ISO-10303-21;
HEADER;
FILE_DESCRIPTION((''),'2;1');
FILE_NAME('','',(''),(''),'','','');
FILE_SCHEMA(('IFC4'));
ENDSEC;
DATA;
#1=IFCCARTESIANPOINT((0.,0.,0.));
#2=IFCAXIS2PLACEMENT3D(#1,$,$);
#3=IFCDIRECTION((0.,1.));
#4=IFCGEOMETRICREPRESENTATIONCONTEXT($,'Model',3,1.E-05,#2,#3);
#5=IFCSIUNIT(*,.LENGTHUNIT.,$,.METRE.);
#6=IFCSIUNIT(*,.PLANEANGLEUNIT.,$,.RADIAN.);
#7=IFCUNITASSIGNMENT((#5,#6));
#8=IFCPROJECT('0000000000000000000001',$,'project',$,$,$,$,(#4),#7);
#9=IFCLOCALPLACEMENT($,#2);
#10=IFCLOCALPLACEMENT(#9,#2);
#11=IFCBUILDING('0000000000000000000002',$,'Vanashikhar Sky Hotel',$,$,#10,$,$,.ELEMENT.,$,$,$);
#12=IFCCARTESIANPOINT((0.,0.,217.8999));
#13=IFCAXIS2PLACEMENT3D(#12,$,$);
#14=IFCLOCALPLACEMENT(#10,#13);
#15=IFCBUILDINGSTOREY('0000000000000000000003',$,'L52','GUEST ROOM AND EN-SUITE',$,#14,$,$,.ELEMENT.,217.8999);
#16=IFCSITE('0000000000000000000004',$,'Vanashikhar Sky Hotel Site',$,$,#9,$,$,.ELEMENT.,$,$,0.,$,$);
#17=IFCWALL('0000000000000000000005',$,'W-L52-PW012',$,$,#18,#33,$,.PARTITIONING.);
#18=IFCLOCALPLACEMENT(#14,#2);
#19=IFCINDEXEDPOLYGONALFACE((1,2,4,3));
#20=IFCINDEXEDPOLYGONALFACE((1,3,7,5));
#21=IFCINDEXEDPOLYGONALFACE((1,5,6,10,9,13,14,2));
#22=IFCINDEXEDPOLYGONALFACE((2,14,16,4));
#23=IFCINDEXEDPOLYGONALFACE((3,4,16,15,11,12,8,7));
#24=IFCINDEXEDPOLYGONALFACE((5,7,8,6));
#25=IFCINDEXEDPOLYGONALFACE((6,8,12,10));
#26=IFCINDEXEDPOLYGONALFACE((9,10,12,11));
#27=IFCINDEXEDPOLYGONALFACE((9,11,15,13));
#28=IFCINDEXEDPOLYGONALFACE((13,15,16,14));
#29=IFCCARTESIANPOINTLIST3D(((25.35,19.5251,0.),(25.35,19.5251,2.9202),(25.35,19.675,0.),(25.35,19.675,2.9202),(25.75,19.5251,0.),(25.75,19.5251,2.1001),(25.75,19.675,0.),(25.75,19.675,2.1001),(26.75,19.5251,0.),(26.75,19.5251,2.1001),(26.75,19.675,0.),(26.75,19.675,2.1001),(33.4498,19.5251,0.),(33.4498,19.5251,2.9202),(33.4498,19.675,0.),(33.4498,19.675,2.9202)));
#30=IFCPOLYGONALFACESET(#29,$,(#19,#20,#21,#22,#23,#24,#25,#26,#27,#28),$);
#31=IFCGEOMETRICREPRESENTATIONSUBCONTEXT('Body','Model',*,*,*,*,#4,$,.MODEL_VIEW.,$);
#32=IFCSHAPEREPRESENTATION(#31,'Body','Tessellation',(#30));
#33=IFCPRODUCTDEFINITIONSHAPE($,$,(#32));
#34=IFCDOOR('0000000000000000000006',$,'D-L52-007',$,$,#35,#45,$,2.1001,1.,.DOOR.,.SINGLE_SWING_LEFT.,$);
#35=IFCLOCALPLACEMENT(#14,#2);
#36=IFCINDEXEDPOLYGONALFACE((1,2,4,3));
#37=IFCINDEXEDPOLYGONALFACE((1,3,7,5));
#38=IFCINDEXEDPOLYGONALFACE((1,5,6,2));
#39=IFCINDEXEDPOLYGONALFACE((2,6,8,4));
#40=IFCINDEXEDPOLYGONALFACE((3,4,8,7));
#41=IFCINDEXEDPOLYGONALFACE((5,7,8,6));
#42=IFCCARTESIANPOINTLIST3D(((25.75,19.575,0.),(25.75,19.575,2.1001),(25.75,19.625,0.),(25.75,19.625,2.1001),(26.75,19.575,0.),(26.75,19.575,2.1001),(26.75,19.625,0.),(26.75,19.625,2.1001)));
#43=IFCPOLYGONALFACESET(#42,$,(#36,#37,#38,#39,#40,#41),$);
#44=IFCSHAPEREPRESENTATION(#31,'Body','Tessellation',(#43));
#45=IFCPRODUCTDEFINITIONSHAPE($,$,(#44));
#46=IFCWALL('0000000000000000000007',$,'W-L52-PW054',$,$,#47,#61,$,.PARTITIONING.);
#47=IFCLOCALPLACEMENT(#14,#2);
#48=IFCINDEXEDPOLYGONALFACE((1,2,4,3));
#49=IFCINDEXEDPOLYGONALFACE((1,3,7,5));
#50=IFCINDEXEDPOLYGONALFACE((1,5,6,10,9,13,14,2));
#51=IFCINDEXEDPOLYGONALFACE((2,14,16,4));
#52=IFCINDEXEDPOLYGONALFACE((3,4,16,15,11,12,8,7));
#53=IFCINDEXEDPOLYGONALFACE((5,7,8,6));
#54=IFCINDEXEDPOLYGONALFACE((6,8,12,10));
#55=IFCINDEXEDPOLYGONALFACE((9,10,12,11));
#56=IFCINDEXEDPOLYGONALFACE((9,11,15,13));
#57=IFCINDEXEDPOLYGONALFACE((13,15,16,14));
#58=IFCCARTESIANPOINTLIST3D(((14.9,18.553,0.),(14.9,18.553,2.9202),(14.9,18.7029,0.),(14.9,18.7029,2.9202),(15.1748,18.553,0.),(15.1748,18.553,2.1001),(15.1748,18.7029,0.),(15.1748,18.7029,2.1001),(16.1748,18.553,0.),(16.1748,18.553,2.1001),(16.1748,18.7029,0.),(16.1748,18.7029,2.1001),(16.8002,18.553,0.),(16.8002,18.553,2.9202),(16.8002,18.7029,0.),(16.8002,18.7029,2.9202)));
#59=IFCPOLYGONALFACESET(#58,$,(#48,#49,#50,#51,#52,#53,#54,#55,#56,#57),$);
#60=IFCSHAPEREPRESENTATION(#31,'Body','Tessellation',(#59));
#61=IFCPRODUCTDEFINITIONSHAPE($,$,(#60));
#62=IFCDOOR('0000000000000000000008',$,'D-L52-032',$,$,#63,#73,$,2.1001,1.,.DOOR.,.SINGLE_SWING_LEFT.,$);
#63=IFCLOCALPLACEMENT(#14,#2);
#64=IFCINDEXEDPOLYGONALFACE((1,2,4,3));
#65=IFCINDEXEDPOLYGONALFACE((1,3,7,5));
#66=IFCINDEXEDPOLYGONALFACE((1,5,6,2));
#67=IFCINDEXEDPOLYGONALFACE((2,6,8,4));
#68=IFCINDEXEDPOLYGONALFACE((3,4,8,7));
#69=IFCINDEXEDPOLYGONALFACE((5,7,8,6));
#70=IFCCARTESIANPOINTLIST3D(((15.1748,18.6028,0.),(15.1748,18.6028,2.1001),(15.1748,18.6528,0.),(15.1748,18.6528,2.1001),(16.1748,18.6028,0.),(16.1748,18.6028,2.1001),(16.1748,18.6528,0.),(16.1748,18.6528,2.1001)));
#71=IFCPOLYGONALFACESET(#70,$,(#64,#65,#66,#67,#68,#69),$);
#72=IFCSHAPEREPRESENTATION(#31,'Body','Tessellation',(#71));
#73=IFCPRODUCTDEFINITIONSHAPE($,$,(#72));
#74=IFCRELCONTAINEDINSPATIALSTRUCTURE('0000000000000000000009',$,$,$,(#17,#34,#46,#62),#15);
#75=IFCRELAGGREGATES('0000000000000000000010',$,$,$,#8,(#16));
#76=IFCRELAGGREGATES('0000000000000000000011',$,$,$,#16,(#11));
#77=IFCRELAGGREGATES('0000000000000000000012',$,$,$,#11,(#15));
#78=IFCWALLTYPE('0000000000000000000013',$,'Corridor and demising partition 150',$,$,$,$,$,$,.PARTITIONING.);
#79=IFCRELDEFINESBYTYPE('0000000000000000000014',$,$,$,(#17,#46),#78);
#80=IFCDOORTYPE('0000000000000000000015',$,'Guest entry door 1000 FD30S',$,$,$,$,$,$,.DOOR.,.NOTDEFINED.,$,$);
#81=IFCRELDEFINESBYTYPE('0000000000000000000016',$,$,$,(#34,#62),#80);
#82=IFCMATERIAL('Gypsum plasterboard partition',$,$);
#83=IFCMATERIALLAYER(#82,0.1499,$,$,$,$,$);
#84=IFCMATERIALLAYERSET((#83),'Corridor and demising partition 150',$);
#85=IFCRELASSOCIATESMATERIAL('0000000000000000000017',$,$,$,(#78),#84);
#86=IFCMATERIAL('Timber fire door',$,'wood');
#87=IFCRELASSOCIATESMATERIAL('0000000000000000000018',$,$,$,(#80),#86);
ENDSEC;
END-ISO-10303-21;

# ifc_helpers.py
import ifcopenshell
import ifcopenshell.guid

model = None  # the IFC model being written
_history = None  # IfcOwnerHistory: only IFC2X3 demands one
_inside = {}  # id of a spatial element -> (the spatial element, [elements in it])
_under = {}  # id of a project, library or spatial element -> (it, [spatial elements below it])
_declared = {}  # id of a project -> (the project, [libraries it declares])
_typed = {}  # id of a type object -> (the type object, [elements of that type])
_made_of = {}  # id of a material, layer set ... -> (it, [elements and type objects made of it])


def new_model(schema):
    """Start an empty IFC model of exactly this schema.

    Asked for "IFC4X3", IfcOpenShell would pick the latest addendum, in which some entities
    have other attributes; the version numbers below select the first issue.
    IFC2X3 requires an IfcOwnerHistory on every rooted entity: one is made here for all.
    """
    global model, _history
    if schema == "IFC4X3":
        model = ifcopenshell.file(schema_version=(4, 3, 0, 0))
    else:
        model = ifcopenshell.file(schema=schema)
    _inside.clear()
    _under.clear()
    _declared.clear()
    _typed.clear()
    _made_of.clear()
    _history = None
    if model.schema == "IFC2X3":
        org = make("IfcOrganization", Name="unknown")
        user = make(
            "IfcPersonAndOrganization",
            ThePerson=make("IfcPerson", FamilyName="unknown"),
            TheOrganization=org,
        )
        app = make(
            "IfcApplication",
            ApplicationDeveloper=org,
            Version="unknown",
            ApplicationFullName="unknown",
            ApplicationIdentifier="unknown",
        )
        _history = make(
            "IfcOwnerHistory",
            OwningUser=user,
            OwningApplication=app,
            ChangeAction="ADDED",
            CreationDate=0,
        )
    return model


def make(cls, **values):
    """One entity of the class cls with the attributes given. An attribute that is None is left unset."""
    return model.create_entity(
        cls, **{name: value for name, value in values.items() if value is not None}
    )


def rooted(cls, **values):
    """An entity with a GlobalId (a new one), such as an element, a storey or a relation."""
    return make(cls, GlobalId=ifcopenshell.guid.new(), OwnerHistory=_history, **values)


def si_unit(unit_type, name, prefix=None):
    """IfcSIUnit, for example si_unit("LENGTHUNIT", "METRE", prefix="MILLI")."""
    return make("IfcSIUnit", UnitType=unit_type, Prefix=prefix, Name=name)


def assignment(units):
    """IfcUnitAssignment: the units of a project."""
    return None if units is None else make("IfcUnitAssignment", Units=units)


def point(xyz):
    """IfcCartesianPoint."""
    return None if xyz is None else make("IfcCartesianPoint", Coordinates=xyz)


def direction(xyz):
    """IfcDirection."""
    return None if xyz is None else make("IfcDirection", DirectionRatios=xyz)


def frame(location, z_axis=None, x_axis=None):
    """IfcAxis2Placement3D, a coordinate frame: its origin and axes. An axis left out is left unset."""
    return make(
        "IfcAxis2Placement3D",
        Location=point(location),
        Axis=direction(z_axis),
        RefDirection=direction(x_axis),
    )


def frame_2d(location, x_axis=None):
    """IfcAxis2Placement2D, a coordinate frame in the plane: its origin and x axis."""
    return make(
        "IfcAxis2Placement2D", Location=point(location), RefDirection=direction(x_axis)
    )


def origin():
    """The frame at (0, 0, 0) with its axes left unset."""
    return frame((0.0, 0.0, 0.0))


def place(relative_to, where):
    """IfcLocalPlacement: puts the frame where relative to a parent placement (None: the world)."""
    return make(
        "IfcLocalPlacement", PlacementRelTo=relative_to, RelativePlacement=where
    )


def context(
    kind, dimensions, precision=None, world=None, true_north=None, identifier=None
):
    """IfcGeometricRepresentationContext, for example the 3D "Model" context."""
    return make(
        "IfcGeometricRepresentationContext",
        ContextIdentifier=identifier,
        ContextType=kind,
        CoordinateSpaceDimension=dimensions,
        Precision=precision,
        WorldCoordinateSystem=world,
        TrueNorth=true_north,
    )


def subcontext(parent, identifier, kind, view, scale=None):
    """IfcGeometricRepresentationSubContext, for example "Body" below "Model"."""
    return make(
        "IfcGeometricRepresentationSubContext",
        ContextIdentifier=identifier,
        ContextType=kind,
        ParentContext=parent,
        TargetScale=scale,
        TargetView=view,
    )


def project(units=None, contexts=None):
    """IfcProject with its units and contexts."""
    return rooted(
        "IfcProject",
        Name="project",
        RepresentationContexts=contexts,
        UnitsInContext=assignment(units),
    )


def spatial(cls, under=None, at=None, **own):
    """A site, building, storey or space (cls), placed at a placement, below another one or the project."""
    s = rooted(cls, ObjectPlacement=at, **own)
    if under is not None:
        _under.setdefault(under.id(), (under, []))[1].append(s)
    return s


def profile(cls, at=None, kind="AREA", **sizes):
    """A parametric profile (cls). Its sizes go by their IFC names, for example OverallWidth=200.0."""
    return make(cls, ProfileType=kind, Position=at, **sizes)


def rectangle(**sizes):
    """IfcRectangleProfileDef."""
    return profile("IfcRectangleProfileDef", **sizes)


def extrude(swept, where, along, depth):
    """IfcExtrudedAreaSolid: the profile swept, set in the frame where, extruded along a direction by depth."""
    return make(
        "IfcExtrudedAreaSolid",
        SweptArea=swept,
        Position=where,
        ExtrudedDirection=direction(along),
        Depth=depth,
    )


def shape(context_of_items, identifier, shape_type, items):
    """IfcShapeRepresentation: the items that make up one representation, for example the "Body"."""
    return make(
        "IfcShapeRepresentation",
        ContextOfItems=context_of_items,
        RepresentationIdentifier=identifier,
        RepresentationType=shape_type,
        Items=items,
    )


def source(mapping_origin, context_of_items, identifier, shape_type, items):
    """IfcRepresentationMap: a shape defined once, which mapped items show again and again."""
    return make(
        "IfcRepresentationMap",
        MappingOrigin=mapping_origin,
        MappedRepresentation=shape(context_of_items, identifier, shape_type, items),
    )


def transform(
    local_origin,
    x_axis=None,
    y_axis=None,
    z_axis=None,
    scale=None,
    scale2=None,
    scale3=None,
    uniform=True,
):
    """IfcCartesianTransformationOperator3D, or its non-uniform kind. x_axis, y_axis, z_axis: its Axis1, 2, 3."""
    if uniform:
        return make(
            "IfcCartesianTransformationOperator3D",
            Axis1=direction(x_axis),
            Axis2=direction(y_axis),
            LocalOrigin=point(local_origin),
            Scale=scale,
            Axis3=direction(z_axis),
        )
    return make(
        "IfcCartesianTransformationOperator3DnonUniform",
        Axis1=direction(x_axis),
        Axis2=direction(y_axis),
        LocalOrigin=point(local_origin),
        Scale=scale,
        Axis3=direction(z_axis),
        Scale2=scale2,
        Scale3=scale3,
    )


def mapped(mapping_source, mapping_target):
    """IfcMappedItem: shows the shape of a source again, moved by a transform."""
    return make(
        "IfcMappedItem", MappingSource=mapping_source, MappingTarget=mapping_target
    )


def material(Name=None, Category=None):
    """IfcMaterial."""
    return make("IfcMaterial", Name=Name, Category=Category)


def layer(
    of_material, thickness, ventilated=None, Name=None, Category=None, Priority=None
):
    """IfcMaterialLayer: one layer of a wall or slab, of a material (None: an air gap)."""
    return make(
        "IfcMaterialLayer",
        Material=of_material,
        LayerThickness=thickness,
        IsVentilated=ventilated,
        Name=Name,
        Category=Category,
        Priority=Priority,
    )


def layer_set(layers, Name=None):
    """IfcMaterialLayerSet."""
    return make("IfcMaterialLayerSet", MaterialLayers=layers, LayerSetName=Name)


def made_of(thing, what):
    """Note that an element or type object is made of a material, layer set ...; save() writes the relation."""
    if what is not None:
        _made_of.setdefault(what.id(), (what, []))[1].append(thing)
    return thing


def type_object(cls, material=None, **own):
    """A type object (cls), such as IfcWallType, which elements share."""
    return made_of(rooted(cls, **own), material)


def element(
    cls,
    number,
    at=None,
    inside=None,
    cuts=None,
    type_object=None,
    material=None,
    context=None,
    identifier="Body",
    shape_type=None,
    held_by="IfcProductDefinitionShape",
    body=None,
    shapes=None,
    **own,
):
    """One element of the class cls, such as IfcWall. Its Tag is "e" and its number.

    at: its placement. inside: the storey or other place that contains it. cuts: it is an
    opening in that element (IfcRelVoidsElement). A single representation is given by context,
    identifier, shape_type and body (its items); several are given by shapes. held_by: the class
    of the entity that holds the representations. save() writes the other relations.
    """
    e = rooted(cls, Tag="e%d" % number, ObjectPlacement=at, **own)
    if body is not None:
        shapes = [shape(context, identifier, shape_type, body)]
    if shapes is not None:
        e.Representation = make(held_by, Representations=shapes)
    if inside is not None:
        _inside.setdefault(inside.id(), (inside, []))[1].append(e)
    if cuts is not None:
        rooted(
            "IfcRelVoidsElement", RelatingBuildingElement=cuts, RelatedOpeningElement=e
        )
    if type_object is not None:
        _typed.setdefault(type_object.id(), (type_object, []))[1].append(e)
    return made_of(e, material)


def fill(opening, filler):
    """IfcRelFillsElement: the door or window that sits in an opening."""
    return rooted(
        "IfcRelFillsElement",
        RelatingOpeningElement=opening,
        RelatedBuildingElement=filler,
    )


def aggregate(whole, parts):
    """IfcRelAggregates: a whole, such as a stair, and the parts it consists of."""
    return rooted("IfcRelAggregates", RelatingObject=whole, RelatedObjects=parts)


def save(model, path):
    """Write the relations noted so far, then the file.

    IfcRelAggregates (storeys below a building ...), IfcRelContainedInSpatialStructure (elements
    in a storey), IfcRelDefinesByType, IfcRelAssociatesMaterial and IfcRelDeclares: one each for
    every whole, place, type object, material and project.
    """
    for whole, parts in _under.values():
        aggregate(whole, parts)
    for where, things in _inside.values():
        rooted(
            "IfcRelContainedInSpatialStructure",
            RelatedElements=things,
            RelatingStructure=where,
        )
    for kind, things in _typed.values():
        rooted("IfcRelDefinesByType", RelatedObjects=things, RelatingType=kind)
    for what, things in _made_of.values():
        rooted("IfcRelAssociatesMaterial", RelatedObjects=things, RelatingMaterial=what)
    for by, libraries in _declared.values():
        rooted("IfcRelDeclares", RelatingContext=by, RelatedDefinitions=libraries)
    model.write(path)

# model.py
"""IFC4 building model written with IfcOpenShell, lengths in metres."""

from ifc_helpers import new_model, si_unit, direction, frame, frame_2d, origin, place, context, subcontext, project, spatial, rectangle, extrude, source, transform, mapped, material, layer, layer_set, type_object, element, fill, save


model = new_model("IFC4")

# Units and contexts
model_context = context("Model", 3, precision=1e-05, world=origin(), true_north=direction((0.0, 1.0)))
body_context = subcontext(model_context, "Body", "Model", "MODEL_VIEW")
ifc_project = project(units=[si_unit("LENGTHUNIT", "METRE"), si_unit("PLANEANGLEUNIT", "RADIAN")], contexts=[model_context])

# Site, building, storey
site_placement = place(None, origin())
site = spatial("IfcSite", under=ifc_project, at=site_placement, Name="Vanashikhar Sky Hotel Site", CompositionType="ELEMENT", RefElevation=0.0)
building_placement = place(site_placement, origin())
building = spatial("IfcBuilding", under=site, at=building_placement, Name="Vanashikhar Sky Hotel", CompositionType="ELEMENT")
storey_placement = place(building_placement, frame((0.0, 0.0, 217.8999)))
storey = spatial("IfcBuildingStorey", under=building, at=storey_placement, Name="L52", Description="GUEST ROOM AND EN-SUITE", CompositionType="ELEMENT", Elevation=217.8999)

# Shared definitions
ifc_material_1 = material(Name="Gypsum plasterboard partition")

# Walls, openings, doors
ifc_layer_1 = layer(ifc_material_1, 0.1499)
ifc_layer_set_1 = layer_set([ifc_layer_1], Name="Corridor and demising partition 150")
wall_type_1 = type_object("IfcWallType", Name="Corridor and demising partition 150", PredefinedType="PARTITIONING", material=ifc_layer_set_1)
shared_shape_1 = source(origin(), body_context, "Body", "SweptSolid", [
    extrude(rectangle(XDim=1.0, YDim=2.1001, at=frame_2d((0.5, 1.05))), frame((0.0, 0.085, 0.0), z_axis=(0.0, -1.0, 0.0), x_axis=(1.0, 0.0, 0.0)), (0.0, 0.0, 1.0), 0.1699),
])
ifc_material_2 = material(Name="Timber fire door", Category="wood")
door_type_1 = type_object("IfcDoorType", Name="Guest entry door 1000 FD30S", OperationType="NOTDEFINED", PredefinedType="DOOR", material=ifc_material_2)
shared_shape_2 = source(origin(), body_context, "Body", "SweptSolid", [
    extrude(rectangle(XDim=1.0, YDim=2.1001, at=frame_2d((0.5, 1.05))), frame((0.0, 0.0249, 0.0), z_axis=(0.0, -1.0, 0.0), x_axis=(1.0, 0.0, 0.0)), (0.0, 0.0, 1.0), 0.05),
])
shared_shape_3 = source(origin(), body_context, "Body", "SweptSolid", [
    extrude(rectangle(XDim=8.0999, YDim=0.1499, at=frame_2d((4.0498, 0.0))), origin(), (0.0, 0.0, 1.0), 2.9202),
])
wall_1_placement = place(storey_placement, frame((25.3501, 19.6001, 0.0), z_axis=(0.0, 0.0, 1.0), x_axis=(1.0, 0.0, 0.0)))
wall_1 = element("IfcWall", 1, at=wall_1_placement, inside=storey, type_object=wall_type_1, Name="W-L52-PW012", PredefinedType="PARTITIONING", context=body_context, shape_type="MappedRepresentation", body=[
    mapped(shared_shape_3, transform((0.0, 0.0, 0.0), scale=1.0)),
])
opening_1_placement = place(wall_1_placement, frame((0.3999, 0.0, 0.0)))
opening_1 = element("IfcOpeningElement", 2, at=opening_1_placement, cuts=wall_1, PredefinedType="OPENING", context=body_context, shape_type="MappedRepresentation", body=[
    mapped(shared_shape_1, transform((0.0, 0.0, 0.0), scale=1.0)),
])
door_1_placement = place(opening_1_placement, origin())
door_1 = element("IfcDoor", 3, at=door_1_placement, inside=storey, type_object=door_type_1, Name="D-L52-007", OperationType="SINGLE_SWING_LEFT", OverallHeight=2.1001, OverallWidth=1.0, PredefinedType="DOOR", context=body_context, shape_type="MappedRepresentation", body=[
    mapped(shared_shape_2, transform((0.0, 0.0, 0.0), scale=1.0)),
])
fill(opening_1, door_1)
shared_shape_4 = source(origin(), body_context, "Body", "SweptSolid", [
    extrude(rectangle(XDim=1.9001, YDim=0.1499, at=frame_2d((0.9502, 0.0))), origin(), (0.0, 0.0, 1.0), 2.9202),
])
wall_2_placement = place(storey_placement, frame((14.8999, 18.6279, 0.0), z_axis=(0.0, 0.0, 1.0), x_axis=(1.0, 0.0, 0.0)))
wall_2 = element("IfcWall", 4, at=wall_2_placement, inside=storey, type_object=wall_type_1, Name="W-L52-PW054", PredefinedType="PARTITIONING", context=body_context, shape_type="MappedRepresentation", body=[
    mapped(shared_shape_4, transform((0.0, 0.0, 0.0), scale=1.0)),
])
opening_2_placement = place(wall_2_placement, frame((0.2749, 0.0, 0.0)))
opening_2 = element("IfcOpeningElement", 5, at=opening_2_placement, cuts=wall_2, PredefinedType="OPENING", context=body_context, shape_type="MappedRepresentation", body=[
    mapped(shared_shape_1, transform((0.0, 0.0, 0.0), scale=1.0)),
])
door_2_placement = place(opening_2_placement, origin())
door_2 = element("IfcDoor", 6, at=door_2_placement, inside=storey, type_object=door_type_1, Name="D-L52-032", OperationType="SINGLE_SWING_LEFT", OverallHeight=2.1001, OverallWidth=1.0, PredefinedType="DOOR", context=body_context, shape_type="MappedRepresentation", body=[
    mapped(shared_shape_2, transform((0.0, 0.0, 0.0), scale=1.0)),
])
fill(opening_2, door_2)

save(model, "model.ifc")
